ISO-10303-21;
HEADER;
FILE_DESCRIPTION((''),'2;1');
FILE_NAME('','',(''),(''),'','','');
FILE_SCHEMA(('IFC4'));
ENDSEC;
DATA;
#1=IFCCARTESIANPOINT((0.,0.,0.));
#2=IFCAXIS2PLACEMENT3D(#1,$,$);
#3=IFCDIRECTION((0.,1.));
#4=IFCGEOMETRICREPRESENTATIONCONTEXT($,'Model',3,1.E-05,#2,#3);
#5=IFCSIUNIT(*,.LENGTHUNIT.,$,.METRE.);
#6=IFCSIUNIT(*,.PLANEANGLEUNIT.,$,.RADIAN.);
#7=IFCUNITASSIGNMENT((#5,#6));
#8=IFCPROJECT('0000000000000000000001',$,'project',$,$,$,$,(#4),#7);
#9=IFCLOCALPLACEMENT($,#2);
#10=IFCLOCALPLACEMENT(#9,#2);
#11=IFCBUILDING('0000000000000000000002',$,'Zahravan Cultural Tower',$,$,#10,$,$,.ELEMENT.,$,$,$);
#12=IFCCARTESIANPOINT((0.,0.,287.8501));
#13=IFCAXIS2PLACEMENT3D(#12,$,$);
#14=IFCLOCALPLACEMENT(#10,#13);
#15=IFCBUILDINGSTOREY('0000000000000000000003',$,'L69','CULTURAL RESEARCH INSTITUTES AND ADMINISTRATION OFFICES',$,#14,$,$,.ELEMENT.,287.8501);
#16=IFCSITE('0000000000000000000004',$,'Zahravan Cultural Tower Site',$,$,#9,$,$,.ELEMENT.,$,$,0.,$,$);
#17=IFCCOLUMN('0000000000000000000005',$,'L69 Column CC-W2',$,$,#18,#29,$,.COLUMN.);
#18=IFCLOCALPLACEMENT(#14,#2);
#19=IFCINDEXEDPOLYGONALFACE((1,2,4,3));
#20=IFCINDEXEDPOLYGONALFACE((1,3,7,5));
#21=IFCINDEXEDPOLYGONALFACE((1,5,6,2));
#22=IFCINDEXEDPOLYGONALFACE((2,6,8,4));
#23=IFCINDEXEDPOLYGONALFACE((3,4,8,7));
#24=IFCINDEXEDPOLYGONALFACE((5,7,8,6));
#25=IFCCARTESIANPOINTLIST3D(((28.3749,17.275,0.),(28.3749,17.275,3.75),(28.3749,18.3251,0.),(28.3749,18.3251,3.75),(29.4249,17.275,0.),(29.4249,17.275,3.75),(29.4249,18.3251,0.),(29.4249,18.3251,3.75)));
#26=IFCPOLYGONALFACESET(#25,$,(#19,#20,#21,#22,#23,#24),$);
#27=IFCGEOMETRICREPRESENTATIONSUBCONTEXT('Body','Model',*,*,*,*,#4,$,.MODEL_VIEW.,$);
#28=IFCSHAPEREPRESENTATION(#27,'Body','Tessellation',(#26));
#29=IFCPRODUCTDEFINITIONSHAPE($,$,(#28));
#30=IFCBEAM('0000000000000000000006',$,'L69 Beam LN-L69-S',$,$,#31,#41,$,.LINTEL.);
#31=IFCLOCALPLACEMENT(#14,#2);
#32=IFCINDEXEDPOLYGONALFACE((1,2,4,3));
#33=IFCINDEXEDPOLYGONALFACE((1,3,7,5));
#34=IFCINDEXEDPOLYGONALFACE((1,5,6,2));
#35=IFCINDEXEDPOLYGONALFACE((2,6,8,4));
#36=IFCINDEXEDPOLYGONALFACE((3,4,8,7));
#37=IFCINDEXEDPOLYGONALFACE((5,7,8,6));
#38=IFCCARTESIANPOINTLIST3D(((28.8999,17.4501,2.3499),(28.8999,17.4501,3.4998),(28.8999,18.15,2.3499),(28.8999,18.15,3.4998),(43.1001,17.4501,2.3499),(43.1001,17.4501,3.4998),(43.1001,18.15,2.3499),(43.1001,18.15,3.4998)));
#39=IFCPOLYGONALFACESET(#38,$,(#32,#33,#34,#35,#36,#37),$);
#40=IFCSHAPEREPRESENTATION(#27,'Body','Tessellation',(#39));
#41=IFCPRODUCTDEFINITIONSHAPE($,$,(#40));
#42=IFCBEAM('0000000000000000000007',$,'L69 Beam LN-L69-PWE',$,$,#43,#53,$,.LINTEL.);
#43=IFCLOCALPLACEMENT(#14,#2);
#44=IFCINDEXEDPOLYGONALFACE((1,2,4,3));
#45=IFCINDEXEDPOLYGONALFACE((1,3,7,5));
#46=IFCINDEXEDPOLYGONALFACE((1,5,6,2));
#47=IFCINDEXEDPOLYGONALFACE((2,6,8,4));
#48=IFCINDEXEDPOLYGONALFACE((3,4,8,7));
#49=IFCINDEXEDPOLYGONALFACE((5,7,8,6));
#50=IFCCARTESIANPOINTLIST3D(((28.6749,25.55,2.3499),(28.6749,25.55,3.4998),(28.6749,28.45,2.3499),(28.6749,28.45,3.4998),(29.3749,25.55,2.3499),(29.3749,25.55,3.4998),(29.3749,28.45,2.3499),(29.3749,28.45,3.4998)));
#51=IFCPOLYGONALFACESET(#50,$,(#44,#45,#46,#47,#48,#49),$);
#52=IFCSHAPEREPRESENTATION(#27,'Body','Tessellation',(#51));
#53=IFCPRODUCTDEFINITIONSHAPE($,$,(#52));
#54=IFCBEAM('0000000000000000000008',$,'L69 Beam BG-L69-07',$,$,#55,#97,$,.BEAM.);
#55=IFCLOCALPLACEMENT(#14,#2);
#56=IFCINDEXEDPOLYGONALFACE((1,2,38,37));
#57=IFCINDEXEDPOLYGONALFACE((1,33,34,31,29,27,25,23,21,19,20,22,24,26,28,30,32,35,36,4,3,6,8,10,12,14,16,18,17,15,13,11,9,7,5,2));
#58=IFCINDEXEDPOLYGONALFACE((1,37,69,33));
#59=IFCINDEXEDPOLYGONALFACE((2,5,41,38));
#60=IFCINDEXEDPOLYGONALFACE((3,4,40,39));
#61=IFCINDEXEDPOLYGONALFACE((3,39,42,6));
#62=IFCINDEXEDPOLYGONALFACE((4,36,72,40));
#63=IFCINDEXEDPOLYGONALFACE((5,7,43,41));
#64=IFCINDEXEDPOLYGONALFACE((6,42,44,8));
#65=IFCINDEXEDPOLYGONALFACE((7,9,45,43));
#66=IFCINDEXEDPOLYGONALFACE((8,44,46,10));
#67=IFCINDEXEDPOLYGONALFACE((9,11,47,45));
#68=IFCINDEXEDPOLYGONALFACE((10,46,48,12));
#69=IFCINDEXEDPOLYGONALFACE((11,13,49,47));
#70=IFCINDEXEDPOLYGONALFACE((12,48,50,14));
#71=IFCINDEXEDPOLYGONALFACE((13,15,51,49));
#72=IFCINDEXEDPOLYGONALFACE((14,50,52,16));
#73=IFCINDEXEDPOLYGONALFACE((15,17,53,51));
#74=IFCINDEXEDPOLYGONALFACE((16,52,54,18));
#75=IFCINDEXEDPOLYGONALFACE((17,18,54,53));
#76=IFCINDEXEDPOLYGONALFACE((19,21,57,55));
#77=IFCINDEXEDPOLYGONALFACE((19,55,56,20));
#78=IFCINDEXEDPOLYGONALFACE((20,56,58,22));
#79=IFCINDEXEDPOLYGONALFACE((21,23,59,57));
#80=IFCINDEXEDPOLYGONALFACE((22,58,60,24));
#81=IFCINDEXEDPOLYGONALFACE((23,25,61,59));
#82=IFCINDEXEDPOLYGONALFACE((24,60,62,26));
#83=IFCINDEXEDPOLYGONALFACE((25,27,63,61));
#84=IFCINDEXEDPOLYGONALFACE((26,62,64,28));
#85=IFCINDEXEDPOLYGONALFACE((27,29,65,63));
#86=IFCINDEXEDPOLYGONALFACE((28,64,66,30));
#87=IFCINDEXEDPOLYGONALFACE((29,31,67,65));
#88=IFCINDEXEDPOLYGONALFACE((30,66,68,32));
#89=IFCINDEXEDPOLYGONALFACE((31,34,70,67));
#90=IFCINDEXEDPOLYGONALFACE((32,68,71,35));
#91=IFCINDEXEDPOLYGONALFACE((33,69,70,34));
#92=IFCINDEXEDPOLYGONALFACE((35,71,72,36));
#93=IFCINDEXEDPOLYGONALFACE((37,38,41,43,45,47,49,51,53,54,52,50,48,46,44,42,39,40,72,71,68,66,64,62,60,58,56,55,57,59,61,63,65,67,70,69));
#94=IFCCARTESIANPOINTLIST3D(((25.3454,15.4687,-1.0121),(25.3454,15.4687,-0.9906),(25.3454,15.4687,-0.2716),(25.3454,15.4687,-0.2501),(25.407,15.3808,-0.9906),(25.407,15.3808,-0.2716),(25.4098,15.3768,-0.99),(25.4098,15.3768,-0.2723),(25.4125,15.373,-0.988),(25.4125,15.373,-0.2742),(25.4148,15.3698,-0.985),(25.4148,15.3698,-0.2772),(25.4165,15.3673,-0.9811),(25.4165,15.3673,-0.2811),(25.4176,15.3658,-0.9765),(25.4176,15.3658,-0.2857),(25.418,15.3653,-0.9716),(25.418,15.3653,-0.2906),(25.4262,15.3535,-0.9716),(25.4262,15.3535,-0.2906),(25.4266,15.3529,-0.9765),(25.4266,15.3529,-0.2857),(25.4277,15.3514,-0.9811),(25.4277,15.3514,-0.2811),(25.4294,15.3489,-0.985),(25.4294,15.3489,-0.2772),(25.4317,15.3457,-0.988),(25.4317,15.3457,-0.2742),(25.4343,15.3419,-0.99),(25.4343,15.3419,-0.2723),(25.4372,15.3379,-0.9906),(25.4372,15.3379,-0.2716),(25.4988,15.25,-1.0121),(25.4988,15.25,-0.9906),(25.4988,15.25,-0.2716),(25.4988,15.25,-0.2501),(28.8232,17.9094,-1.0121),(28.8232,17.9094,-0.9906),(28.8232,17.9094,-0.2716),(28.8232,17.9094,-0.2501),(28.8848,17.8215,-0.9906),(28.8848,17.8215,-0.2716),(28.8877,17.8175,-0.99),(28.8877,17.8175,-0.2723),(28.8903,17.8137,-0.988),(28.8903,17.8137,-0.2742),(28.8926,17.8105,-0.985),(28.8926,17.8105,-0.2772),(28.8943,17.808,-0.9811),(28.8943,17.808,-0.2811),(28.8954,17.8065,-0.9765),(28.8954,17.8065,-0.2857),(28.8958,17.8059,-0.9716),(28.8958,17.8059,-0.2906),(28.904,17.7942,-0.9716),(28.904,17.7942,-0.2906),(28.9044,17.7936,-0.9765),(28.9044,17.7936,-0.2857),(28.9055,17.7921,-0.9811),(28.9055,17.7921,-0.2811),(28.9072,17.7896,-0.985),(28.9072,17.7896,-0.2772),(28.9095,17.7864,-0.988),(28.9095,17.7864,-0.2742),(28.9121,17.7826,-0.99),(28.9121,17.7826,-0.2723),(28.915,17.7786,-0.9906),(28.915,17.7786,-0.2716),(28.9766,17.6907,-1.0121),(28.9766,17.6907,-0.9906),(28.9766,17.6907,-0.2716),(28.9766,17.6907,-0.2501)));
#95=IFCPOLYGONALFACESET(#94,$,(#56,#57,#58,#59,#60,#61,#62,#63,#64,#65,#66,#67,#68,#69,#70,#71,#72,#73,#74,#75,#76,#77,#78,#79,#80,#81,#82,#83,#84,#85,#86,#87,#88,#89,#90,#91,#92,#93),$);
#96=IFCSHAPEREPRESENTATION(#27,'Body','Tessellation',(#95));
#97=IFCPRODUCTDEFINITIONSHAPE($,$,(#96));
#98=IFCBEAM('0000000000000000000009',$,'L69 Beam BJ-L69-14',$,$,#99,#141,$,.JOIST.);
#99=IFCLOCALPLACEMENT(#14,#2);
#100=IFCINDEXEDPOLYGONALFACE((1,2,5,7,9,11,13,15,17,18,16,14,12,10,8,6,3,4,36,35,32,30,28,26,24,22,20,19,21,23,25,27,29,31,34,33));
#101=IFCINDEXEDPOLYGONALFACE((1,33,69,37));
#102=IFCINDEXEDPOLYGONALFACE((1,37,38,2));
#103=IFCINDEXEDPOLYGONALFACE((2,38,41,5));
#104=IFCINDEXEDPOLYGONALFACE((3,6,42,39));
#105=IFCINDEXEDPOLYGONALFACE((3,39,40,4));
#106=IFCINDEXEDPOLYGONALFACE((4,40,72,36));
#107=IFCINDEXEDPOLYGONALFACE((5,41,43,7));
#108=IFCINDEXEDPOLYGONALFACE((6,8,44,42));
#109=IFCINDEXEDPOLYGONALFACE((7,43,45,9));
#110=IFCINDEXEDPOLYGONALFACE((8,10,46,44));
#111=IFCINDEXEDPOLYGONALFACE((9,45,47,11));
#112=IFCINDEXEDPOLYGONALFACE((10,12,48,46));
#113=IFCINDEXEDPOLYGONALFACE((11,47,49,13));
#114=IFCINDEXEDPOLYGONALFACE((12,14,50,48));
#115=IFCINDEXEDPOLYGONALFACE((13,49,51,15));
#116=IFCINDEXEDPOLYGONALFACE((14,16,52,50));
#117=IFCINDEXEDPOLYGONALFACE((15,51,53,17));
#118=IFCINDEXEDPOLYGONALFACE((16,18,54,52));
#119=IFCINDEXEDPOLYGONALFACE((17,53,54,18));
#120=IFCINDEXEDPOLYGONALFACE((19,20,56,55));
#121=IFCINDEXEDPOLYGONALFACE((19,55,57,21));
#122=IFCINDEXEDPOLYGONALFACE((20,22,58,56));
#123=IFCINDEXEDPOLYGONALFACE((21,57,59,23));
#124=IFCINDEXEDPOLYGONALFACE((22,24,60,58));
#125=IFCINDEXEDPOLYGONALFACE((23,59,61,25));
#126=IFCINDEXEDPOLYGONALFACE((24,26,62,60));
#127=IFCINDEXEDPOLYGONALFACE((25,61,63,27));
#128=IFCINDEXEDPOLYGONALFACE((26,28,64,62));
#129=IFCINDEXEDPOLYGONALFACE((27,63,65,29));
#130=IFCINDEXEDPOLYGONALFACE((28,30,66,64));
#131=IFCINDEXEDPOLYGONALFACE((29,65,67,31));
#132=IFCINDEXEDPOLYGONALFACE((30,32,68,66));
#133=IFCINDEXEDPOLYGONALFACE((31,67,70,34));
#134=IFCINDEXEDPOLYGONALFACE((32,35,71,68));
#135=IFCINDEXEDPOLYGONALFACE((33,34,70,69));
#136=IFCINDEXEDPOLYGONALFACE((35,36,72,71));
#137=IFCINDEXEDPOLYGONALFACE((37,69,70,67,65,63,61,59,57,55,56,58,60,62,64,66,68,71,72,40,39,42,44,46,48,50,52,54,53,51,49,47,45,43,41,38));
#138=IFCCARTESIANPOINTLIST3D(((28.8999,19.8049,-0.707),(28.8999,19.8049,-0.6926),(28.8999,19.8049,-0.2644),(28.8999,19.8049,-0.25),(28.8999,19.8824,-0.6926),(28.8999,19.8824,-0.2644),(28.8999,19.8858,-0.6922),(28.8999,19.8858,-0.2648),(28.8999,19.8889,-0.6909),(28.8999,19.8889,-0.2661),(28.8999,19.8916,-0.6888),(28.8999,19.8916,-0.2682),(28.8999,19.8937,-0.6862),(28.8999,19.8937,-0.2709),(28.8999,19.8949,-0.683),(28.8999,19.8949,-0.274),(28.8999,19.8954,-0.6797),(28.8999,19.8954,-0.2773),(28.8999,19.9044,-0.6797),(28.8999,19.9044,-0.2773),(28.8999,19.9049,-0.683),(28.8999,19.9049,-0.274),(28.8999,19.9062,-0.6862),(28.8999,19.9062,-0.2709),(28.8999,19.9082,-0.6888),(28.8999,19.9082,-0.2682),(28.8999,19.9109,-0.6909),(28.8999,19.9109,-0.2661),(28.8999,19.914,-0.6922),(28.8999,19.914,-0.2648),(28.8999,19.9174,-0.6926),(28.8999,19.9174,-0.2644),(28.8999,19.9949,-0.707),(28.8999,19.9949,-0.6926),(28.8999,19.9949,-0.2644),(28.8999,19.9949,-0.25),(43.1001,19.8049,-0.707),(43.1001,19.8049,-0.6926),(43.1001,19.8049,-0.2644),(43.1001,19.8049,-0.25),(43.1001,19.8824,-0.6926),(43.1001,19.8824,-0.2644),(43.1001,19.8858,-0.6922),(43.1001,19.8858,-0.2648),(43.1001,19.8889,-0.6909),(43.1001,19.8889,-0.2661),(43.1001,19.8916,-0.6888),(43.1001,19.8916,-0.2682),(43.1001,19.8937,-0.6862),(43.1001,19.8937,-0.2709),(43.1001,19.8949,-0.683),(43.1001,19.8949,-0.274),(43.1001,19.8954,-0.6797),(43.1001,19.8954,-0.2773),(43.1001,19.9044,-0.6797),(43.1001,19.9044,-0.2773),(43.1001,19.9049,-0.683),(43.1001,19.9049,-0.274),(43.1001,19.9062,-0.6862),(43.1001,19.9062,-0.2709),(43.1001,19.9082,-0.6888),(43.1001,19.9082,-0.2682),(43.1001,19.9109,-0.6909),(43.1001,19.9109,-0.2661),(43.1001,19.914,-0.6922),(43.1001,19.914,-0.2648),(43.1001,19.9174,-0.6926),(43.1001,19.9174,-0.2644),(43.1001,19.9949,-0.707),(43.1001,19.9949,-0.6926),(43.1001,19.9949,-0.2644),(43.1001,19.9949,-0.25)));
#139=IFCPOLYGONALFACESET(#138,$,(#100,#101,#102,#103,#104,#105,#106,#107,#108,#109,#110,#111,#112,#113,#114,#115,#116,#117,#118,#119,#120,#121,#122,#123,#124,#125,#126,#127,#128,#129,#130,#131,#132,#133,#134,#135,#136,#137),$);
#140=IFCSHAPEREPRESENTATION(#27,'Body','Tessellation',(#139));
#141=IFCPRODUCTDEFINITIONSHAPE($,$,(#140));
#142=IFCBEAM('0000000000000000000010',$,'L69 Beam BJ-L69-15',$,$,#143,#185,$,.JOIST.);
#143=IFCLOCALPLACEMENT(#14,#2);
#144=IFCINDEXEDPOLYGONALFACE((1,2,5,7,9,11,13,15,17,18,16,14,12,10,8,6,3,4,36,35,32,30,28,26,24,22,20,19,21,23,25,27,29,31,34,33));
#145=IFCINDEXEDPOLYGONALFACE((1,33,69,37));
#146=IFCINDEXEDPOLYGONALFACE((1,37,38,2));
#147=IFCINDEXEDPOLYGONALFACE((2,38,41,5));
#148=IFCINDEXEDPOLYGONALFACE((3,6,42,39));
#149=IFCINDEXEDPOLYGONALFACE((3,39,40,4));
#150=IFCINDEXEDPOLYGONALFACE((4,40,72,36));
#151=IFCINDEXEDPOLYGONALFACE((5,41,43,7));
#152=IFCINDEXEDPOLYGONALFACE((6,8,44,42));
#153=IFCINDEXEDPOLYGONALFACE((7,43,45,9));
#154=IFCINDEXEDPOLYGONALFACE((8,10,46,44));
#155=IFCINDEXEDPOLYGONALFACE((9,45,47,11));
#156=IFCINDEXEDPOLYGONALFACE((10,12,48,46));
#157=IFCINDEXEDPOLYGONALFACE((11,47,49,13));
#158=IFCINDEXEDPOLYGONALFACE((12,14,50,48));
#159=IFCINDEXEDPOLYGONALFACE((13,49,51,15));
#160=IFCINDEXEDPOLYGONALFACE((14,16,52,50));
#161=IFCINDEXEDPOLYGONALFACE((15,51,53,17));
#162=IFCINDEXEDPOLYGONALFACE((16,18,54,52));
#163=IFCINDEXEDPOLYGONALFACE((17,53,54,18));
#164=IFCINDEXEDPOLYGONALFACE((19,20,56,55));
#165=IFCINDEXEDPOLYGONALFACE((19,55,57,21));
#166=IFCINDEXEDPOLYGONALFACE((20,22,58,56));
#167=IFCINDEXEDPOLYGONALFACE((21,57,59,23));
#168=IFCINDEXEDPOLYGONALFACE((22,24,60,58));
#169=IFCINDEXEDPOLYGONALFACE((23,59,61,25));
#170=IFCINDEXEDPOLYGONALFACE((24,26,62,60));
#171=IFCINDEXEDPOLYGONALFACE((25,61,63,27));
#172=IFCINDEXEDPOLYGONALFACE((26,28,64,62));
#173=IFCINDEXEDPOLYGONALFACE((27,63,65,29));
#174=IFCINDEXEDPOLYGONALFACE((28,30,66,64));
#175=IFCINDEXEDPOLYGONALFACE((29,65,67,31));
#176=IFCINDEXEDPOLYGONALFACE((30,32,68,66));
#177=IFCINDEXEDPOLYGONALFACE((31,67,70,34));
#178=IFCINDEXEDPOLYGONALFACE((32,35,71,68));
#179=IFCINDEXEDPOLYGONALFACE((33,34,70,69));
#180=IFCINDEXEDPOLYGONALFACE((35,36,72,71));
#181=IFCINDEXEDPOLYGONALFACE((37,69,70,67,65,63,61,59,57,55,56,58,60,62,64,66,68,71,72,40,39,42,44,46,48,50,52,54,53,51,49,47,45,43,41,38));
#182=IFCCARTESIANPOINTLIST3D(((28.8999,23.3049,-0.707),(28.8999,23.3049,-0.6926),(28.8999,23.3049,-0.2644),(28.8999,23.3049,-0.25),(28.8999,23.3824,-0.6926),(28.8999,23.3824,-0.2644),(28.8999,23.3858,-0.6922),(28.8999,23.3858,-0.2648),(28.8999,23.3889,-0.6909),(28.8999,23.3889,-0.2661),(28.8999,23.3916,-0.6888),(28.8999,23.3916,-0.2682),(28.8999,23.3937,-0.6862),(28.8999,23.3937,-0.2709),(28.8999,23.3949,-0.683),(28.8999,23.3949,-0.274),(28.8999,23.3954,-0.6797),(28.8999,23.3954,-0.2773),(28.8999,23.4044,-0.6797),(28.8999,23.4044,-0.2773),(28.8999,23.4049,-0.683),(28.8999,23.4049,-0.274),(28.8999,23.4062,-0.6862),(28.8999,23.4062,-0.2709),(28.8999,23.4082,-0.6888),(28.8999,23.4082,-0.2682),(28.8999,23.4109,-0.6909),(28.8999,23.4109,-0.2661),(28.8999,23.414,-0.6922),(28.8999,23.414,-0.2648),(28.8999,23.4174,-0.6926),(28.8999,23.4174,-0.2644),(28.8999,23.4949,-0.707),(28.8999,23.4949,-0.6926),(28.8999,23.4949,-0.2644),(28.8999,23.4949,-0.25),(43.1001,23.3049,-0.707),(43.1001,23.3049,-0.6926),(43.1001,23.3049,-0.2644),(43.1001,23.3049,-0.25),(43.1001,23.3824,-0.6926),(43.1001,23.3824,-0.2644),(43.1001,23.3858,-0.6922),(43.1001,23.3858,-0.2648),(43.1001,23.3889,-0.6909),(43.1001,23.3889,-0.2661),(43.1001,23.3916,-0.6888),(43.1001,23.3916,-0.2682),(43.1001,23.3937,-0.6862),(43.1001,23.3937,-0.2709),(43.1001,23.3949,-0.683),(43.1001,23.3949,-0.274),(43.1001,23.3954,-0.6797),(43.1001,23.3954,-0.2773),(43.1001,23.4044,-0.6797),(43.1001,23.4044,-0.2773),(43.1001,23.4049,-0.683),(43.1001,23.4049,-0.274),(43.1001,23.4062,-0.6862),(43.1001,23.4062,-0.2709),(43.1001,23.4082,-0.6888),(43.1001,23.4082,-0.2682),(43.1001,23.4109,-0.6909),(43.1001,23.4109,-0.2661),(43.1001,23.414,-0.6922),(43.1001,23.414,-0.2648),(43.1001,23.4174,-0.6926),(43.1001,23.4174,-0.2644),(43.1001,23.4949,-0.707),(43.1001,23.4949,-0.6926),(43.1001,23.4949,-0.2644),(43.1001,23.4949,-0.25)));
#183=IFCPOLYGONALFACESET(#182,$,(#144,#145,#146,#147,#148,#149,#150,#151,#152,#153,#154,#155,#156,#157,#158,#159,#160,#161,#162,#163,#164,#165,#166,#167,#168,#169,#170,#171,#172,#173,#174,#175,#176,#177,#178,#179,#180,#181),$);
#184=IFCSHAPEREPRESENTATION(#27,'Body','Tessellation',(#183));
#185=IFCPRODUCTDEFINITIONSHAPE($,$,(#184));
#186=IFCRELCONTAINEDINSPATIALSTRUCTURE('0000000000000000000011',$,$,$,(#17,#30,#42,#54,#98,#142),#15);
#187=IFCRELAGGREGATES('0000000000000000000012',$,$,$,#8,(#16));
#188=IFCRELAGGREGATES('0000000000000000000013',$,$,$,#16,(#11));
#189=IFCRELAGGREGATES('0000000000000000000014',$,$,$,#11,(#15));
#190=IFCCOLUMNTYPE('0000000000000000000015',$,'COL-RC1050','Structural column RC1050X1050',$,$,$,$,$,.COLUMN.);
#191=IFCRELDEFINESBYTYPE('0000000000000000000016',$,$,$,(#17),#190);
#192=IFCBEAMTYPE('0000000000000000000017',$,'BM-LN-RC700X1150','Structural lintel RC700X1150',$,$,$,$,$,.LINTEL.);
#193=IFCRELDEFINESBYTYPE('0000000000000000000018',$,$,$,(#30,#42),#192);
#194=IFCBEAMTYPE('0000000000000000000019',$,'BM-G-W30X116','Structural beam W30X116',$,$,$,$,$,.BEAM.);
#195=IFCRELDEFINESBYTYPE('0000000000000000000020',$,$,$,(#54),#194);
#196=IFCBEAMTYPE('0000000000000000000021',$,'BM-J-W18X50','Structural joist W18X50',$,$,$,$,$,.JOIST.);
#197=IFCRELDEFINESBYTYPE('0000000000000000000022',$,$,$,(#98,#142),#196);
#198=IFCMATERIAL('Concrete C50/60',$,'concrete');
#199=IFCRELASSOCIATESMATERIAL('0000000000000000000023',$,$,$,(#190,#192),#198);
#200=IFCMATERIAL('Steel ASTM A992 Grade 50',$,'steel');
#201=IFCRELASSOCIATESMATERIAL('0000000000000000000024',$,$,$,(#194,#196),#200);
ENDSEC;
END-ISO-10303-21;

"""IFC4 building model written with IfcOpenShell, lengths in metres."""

from ifc_helpers import new_model, si_unit, direction, frame, origin, origin_2d, place, context, subcontext, project, spatial, rectangle, i_section, extrude, source, transform, mapped, material, material_profile, profile_set, type_object, element, save


model = new_model("IFC4")

# Units and contexts
model_context = context("Model", 3, precision=1e-05, world=origin(), true_north=direction((0.0, 1.0)))
body_context = subcontext(model_context, "Body", "Model", "MODEL_VIEW")
ifc_project = project(units=[si_unit("LENGTHUNIT", "METRE"), si_unit("PLANEANGLEUNIT", "RADIAN")], contexts=[model_context])

# Site, building, storey
site_placement = place(None, origin())
site = spatial("IfcSite", under=ifc_project, at=site_placement, Name="Zahravan Cultural Tower Site", CompositionType="ELEMENT", RefElevation=0.0)
building_placement = place(site_placement, origin())
building = spatial("IfcBuilding", under=site, at=building_placement, Name="Zahravan Cultural Tower", CompositionType="ELEMENT")
storey_placement = place(building_placement, frame((0.0, 0.0, 287.8501)))
storey = spatial("IfcBuildingStorey", under=building, at=storey_placement, Name="L69", Description="CULTURAL RESEARCH INSTITUTES AND ADMINISTRATION OFFICES", CompositionType="ELEMENT", Elevation=287.8501)

# Column
ifc_material_1 = material(Name="Concrete C50/60", Category="concrete")
ifc_material_profile_1 = material_profile(ifc_material_1, rectangle(XDim=1.05, YDim=1.05, at=origin_2d()), Name="RC1050X1050")
ifc_profile_set_1 = profile_set([ifc_material_profile_1], Name="Concrete C50/60")
column_type = type_object("IfcColumnType", Name="COL-RC1050", Description="Structural column RC1050X1050", PredefinedType="COLUMN", material=ifc_profile_set_1)
shared_shape_1 = source(origin(), body_context, "Body", "SweptSolid", [
    extrude(rectangle(XDim=1.05, YDim=1.05, at=origin_2d()), origin(), (0.0, 0.0, 1.0), 3.75),
])
column_placement = place(storey_placement, frame((28.8999, 17.8, 0.0), z_axis=(0.0, 0.0, 1.0), x_axis=(1.0, 0.0, 0.0)))
element("IfcColumn", 1, at=column_placement, inside=storey, type_object=column_type, Name="L69 Column CC-W2", PredefinedType="COLUMN", context=body_context, shape_type="MappedRepresentation", body=[
    mapped(shared_shape_1, transform((0.0, 0.0, 0.0), x_axis=(1.0, 0.0, 0.0), y_axis=(0.0, 1.0, 0.0), z_axis=(0.0, 0.0, 1.0), scale=1.0)),
])

# Beams
ifc_material_profile_2 = material_profile(ifc_material_1, rectangle(XDim=0.7, YDim=1.1499, at=origin_2d()), Name="RC700X1150")
ifc_profile_set_2 = profile_set([ifc_material_profile_2], Name="Concrete C50/60")
beam_type_1 = type_object("IfcBeamType", Name="BM-LN-RC700X1150", Description="Structural lintel RC700X1150", PredefinedType="LINTEL", material=ifc_profile_set_2)
shared_shape_2 = source(origin(), body_context, "Body", "SweptSolid", [
    extrude(rectangle(XDim=0.7, YDim=1.1499, at=origin_2d()), origin(), (0.0, 0.0, 1.0), 14.2002),
])
beam_1_placement = place(storey_placement, frame((28.8999, 17.8, 2.9248), z_axis=(1.0, 0.0, 0.0), x_axis=(0.0, 1.0, 0.0)))
element("IfcBeam", 2, at=beam_1_placement, inside=storey, type_object=beam_type_1, Name="L69 Beam LN-L69-S", PredefinedType="LINTEL", context=body_context, shape_type="MappedRepresentation", body=[
    mapped(shared_shape_2, transform((0.0, 0.0, 0.0), x_axis=(1.0, 0.0, 0.0), y_axis=(0.0, 1.0, 0.0), z_axis=(0.0, 0.0, 1.0), scale=1.0)),
])
shared_shape_3 = source(origin(), body_context, "Body", "SweptSolid", [
    extrude(rectangle(XDim=0.7, YDim=1.1499, at=origin_2d()), origin(), (0.0, 0.0, 1.0), 2.8999),
])
beam_2_placement = place(storey_placement, frame((29.0249, 25.55, 2.9248), z_axis=(0.0, 1.0, 0.0), x_axis=(-1.0, 0.0, 0.0)))
element("IfcBeam", 3, at=beam_2_placement, inside=storey, type_object=beam_type_1, Name="L69 Beam LN-L69-PWE", PredefinedType="LINTEL", context=body_context, shape_type="MappedRepresentation", body=[
    mapped(shared_shape_3, transform((0.0, 0.0, 0.0), x_axis=(1.0, 0.0, 0.0), y_axis=(0.0, 1.0, 0.0), z_axis=(0.0, 0.0, 1.0), scale=1.0)),
])
ifc_material_2 = material(Name="Steel ASTM A992 Grade 50", Category="steel")
ifc_material_profile_3 = material_profile(ifc_material_2, i_section(OverallWidth=0.2671, OverallDepth=0.762, WebThickness=0.0144, FlangeThickness=0.0215, FilletRadius=0.019, at=origin_2d()), Name="W30X116")
ifc_profile_set_3 = profile_set([ifc_material_profile_3], Name="Steel ASTM A992 Grade 50")
beam_type_2 = type_object("IfcBeamType", Name="BM-G-W30X116", Description="Structural beam W30X116", PredefinedType="BEAM", material=ifc_profile_set_3)
shared_shape_4 = source(origin(), body_context, "Body", "SweptSolid", [
    extrude(i_section(OverallWidth=0.2671, OverallDepth=0.762, WebThickness=0.0144, FlangeThickness=0.0215, FilletRadius=0.019, at=origin_2d()), origin(), (0.0, 0.0, 1.0), 4.2488),
])
beam_3_placement = place(storey_placement, frame((28.8999, 17.8, -0.6311), z_axis=(-0.818543, -0.574445, 0.0), x_axis=(0.574445, -0.818543, 0.0)))
element("IfcBeam", 4, at=beam_3_placement, inside=storey, type_object=beam_type_2, Name="L69 Beam BG-L69-07", PredefinedType="BEAM", context=body_context, shape_type="MappedRepresentation", body=[
    mapped(shared_shape_4, transform((0.0, 0.0, 0.0), x_axis=(1.0, 0.0, 0.0), y_axis=(0.0, 1.0, 0.0), z_axis=(0.0, 0.0, 1.0), scale=1.0)),
])
ifc_material_profile_4 = material_profile(ifc_material_2, i_section(OverallWidth=0.1899, OverallDepth=0.457, WebThickness=0.009, FlangeThickness=0.0144, FilletRadius=0.0129, at=origin_2d()), Name="W18X50")
ifc_profile_set_4 = profile_set([ifc_material_profile_4], Name="Steel ASTM A992 Grade 50")
beam_type_3 = type_object("IfcBeamType", Name="BM-J-W18X50", Description="Structural joist W18X50", PredefinedType="JOIST", material=ifc_profile_set_4)
shared_shape_5 = source(origin(), body_context, "Body", "SweptSolid", [
    extrude(i_section(OverallWidth=0.1899, OverallDepth=0.457, WebThickness=0.009, FlangeThickness=0.0144, FilletRadius=0.0129, at=origin_2d()), origin(), (0.0, 0.0, 1.0), 14.2002),
])
for number, where, z_axis, x_axis, name in (
    (5, (28.8999, 19.8999, -0.4785), (1.0, 0.0, 0.0), (0.0, 1.0, 0.0), "L69 Beam BJ-L69-14"),
    (6, (28.8999, 23.3999, -0.4785), (1.0, 0.0, 0.0), (0.0, 1.0, 0.0), "L69 Beam BJ-L69-15"),
):
    element("IfcBeam", number, at=place(storey_placement, frame(where, z_axis=z_axis, x_axis=x_axis)), inside=storey, type_object=beam_type_3, Name=name, PredefinedType="JOIST", context=body_context, shape_type="MappedRepresentation", body=[
        mapped(shared_shape_5, transform((0.0, 0.0, 0.0), x_axis=(1.0, 0.0, 0.0), y_axis=(0.0, 1.0, 0.0), z_axis=(0.0, 0.0, 1.0), scale=1.0)),
    ])

save(model, "model.ifc")
